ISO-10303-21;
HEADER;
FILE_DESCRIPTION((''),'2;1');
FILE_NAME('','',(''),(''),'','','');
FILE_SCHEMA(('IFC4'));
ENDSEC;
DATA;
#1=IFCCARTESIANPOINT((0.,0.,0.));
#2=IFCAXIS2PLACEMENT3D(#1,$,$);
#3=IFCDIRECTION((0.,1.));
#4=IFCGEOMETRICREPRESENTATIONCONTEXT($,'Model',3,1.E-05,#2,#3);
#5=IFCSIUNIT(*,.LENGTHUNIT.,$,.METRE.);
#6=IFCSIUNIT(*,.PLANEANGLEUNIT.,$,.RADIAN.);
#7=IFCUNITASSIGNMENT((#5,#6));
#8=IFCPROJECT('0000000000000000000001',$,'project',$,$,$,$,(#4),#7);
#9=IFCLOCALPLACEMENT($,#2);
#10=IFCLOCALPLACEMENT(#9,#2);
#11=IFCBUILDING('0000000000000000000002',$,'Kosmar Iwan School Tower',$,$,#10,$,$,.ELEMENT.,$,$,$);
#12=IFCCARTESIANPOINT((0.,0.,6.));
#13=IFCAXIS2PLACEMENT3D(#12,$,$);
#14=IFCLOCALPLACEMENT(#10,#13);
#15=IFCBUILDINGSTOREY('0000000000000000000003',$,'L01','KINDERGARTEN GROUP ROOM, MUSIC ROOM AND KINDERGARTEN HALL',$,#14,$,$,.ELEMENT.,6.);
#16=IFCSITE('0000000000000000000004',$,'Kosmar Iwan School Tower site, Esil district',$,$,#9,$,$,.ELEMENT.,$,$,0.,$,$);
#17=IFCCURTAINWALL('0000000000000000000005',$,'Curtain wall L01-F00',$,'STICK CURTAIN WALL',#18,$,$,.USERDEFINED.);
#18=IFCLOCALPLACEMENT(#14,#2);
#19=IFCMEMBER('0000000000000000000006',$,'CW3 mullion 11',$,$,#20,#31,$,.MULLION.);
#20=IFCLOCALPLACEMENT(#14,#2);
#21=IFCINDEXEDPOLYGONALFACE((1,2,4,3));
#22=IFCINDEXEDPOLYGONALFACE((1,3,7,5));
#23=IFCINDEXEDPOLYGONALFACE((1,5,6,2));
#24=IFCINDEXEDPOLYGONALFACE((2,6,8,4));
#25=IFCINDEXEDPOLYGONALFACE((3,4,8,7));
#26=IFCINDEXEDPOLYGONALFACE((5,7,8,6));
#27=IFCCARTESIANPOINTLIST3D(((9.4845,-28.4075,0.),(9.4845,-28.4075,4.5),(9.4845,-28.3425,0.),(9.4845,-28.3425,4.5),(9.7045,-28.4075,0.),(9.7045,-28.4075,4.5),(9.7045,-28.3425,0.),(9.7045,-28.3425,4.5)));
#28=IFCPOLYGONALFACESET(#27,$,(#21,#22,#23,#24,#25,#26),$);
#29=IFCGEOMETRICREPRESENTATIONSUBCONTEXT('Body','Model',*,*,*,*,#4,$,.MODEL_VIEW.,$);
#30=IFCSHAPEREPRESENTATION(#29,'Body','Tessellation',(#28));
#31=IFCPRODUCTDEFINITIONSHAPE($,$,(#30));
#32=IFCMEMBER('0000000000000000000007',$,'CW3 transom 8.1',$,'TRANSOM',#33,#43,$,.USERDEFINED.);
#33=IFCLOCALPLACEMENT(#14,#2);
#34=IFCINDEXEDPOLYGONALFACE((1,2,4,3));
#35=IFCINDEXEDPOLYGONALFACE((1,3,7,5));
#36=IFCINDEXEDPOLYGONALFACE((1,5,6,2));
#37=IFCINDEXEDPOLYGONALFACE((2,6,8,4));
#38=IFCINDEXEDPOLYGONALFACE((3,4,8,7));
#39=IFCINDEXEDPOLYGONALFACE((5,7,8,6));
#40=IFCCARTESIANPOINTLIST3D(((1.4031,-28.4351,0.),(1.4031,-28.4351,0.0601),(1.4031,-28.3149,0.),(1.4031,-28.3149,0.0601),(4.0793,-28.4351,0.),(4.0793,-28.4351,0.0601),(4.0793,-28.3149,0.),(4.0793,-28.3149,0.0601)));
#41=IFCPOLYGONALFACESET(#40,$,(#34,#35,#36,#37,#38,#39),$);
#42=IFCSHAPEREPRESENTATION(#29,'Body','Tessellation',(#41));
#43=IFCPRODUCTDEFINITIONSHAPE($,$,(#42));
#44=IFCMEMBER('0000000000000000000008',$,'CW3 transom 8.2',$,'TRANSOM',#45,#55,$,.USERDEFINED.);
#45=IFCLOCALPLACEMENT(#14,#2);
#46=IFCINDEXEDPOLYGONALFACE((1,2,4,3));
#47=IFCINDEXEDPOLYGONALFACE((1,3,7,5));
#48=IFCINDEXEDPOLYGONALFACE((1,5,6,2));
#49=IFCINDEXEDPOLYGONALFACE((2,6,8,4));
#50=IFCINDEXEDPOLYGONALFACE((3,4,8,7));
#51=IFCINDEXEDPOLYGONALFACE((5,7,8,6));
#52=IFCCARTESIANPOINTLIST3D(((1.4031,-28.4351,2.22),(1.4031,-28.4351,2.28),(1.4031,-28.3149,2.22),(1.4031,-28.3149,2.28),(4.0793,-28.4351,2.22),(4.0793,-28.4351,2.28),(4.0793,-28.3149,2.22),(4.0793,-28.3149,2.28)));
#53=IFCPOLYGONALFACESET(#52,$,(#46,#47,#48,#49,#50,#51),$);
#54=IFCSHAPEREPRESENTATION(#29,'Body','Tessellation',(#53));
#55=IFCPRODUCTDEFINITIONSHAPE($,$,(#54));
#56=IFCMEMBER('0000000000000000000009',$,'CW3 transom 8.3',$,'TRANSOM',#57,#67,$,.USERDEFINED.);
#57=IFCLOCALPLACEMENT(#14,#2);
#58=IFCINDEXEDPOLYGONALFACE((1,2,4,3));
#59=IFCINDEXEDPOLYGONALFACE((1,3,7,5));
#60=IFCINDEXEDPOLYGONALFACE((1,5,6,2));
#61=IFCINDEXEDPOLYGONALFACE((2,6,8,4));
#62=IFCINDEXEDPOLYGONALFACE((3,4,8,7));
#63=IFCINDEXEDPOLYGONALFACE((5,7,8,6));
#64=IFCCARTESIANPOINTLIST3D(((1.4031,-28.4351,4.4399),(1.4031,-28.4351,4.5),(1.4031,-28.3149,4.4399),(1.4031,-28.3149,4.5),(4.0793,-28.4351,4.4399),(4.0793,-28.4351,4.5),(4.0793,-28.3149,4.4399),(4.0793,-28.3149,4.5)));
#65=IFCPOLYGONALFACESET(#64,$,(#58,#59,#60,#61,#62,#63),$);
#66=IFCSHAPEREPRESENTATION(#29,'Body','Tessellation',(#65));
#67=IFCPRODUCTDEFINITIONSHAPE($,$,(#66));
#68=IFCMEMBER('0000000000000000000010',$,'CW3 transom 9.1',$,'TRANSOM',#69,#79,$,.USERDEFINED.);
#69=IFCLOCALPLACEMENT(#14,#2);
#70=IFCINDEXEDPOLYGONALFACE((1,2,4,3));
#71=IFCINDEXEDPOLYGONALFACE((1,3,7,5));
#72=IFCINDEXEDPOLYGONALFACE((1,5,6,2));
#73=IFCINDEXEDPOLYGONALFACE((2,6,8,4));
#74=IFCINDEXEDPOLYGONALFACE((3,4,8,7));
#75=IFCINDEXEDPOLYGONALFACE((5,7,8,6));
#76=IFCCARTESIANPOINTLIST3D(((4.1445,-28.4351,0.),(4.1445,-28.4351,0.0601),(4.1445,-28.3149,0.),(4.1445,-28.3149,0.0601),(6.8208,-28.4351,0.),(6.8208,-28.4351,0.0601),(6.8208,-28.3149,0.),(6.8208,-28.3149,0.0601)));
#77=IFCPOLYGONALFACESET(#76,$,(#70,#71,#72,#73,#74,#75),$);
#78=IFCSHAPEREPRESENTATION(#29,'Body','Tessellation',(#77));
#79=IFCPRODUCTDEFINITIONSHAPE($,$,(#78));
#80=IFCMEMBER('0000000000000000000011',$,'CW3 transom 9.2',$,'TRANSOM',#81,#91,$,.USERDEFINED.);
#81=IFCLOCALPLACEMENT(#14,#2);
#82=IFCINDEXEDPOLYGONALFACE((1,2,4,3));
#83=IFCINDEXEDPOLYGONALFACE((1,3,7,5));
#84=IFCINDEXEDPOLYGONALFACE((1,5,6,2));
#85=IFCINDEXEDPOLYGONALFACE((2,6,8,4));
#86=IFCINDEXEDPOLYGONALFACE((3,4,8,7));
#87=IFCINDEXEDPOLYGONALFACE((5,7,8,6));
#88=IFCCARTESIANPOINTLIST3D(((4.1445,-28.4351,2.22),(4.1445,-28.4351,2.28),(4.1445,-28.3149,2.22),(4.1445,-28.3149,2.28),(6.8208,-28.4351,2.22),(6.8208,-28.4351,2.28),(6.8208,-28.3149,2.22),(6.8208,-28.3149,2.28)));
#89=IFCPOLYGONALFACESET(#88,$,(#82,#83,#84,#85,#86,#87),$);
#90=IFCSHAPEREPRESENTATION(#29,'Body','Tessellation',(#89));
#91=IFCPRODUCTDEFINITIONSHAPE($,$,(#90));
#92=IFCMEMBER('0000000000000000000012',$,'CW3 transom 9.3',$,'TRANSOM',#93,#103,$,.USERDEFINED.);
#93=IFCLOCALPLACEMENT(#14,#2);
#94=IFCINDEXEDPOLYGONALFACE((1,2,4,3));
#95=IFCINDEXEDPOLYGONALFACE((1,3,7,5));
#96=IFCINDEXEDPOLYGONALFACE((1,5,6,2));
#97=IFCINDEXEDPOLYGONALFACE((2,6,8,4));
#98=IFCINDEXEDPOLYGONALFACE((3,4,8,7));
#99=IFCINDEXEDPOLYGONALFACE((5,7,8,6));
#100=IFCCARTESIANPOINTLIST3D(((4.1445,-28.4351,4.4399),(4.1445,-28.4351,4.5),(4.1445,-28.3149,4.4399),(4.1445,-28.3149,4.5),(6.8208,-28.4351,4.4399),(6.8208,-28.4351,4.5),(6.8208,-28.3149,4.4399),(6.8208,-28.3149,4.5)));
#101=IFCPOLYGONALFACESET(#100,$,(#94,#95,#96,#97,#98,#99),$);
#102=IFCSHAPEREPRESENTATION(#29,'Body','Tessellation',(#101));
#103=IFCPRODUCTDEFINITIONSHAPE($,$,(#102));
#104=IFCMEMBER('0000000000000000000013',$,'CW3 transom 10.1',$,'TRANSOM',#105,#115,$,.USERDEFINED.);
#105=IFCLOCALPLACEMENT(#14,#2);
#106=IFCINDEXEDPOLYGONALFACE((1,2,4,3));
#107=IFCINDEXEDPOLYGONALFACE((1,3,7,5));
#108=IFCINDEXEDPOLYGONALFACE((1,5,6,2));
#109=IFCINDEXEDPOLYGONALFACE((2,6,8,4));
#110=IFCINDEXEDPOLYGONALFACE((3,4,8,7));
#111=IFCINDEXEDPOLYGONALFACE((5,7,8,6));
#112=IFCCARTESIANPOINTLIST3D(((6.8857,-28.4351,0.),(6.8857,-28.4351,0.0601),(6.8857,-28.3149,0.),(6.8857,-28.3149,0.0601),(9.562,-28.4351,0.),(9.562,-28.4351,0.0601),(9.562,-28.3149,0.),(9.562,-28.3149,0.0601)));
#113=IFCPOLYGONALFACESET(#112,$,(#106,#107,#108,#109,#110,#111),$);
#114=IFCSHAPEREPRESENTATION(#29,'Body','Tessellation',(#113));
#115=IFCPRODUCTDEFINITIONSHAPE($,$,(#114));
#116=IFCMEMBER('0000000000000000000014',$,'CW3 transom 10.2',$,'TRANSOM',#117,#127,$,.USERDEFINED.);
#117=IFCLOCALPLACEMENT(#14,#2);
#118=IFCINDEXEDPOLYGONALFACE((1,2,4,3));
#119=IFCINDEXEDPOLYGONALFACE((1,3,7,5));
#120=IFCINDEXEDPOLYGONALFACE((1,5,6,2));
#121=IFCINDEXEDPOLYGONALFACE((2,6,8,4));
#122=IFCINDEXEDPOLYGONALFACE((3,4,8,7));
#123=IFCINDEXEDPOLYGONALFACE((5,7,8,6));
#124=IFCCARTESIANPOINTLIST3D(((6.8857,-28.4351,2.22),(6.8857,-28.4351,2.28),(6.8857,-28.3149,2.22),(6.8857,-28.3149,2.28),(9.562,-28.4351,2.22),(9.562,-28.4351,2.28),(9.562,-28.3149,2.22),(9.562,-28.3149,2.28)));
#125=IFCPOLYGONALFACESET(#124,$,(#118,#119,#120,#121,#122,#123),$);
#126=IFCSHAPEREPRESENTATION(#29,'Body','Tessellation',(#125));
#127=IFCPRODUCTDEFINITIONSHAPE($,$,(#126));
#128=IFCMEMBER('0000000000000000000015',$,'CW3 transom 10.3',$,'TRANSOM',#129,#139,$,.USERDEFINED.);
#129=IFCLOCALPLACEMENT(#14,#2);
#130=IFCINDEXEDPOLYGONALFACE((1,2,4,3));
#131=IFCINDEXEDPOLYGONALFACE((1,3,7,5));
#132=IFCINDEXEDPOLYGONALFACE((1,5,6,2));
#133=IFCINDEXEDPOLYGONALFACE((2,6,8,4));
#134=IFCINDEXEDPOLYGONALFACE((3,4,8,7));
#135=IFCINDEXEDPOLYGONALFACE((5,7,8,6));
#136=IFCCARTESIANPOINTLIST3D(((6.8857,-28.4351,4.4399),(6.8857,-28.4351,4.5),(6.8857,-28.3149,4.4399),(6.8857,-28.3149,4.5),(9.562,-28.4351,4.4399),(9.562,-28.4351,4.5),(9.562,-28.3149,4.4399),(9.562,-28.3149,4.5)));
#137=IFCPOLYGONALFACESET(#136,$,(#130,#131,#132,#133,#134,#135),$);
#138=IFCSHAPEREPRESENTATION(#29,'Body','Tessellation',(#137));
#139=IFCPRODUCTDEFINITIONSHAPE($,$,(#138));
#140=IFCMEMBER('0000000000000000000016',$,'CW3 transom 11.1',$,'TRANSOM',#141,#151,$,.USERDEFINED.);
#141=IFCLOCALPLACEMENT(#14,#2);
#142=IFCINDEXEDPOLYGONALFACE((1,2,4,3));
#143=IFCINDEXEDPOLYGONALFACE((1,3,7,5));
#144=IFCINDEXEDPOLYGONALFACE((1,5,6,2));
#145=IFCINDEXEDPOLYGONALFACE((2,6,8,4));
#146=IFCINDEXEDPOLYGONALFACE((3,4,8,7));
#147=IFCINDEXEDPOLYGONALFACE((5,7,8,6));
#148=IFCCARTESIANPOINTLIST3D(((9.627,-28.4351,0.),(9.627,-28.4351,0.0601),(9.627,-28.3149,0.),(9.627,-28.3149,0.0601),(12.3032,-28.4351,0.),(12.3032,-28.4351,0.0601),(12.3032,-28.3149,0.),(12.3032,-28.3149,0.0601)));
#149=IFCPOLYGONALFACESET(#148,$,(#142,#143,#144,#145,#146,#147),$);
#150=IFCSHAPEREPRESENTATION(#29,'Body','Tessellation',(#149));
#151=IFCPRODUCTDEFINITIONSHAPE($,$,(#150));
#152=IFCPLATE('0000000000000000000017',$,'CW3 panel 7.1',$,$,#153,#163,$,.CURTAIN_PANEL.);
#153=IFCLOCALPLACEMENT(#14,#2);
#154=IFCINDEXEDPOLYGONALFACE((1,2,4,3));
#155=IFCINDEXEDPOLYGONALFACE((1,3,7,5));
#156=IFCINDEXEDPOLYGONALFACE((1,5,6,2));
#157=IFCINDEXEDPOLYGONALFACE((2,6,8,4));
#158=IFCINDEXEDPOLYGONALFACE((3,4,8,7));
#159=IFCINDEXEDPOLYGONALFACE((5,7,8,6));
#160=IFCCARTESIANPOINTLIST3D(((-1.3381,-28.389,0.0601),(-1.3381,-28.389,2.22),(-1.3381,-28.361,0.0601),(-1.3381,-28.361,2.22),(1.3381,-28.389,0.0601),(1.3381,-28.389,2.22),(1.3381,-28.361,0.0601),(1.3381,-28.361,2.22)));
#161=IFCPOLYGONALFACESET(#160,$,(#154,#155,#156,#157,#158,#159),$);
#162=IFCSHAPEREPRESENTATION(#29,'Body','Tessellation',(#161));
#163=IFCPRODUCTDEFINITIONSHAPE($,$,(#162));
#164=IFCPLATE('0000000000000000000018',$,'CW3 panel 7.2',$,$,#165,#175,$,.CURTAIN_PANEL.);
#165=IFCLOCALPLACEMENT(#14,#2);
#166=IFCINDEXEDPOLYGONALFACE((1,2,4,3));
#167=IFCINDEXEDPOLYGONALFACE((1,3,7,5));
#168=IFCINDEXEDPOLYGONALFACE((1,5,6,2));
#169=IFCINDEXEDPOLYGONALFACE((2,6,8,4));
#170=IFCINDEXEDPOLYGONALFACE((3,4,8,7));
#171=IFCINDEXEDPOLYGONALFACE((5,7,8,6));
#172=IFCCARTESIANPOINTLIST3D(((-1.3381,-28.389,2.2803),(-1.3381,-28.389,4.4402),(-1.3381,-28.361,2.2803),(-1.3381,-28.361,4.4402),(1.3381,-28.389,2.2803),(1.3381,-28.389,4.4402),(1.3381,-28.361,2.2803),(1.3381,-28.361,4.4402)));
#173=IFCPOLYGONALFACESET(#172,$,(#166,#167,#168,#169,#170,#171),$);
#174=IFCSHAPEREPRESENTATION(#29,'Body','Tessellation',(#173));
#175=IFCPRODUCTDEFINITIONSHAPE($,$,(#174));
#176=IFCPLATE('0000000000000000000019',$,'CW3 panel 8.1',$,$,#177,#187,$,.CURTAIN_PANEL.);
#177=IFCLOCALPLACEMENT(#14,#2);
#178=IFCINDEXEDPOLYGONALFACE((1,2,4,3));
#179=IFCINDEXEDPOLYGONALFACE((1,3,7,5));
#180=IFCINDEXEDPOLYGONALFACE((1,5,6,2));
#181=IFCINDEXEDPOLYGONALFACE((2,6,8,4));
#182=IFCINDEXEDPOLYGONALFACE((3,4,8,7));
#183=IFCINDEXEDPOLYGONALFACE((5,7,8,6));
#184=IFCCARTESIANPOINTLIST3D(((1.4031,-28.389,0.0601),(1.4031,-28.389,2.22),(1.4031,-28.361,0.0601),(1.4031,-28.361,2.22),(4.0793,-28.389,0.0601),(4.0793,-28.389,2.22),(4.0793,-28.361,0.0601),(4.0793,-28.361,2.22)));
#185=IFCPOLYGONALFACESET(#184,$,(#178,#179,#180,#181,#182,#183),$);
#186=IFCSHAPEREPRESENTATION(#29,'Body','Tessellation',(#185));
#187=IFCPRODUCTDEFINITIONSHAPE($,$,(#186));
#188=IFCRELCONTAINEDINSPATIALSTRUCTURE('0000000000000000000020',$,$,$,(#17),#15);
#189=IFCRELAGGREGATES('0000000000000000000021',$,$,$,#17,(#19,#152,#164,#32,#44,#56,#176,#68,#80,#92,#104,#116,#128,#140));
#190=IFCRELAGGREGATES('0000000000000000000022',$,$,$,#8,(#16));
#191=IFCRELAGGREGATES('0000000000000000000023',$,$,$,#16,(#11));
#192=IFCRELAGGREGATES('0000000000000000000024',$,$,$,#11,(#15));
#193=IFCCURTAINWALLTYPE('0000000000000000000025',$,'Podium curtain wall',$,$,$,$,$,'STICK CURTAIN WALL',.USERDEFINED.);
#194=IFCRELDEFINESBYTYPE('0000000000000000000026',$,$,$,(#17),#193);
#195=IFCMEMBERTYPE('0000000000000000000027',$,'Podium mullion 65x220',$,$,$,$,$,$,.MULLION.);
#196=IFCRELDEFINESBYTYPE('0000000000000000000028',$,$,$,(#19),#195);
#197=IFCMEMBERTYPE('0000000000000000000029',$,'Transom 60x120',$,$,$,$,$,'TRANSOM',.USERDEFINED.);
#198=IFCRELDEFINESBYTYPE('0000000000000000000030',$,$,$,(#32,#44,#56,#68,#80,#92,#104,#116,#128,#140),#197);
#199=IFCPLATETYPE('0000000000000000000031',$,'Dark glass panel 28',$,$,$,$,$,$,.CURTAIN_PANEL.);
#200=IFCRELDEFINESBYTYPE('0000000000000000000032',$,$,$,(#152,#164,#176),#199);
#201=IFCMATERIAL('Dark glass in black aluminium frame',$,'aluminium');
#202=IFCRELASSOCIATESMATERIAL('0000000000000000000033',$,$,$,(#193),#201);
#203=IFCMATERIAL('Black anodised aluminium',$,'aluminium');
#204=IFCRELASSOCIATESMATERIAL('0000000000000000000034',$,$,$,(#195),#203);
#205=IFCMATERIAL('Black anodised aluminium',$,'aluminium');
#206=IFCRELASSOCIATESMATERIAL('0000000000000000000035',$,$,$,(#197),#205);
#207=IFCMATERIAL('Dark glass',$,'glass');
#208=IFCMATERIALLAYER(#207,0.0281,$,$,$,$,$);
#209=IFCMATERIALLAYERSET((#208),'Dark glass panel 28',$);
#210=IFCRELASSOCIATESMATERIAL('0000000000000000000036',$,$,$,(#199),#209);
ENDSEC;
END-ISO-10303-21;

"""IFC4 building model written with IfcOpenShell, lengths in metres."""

from ifc_helpers import new_model, si_unit, direction, frame, origin, origin_2d, place, context, subcontext, project, spatial, rectangle, extrude, material, layer, layer_set, material_profile, profile_set, type_object, element, aggregate, save


model = new_model("IFC4")

# Units and contexts
model_context = context("Model", 3, precision=1e-05, world=origin(), true_north=direction((0.0, 1.0)))
body_context = subcontext(model_context, "Body", "Model", "MODEL_VIEW")
ifc_project = project(units=[si_unit("LENGTHUNIT", "METRE"), si_unit("PLANEANGLEUNIT", "RADIAN")], contexts=[model_context])

# Site, building, storey
site_placement = place(None, origin())
site = spatial("IfcSite", under=ifc_project, at=site_placement, Name="Kosmar Iwan School Tower site, Esil district", CompositionType="ELEMENT", RefElevation=0.0)
building_placement = place(site_placement, origin())
building = spatial("IfcBuilding", under=site, at=building_placement, Name="Kosmar Iwan School Tower", CompositionType="ELEMENT")
storey_placement = place(building_placement, frame((0.0, 0.0, 6.0)))
storey = spatial("IfcBuildingStorey", under=building, at=storey_placement, Name="L01", Description="KINDERGARTEN GROUP ROOM, MUSIC ROOM AND KINDERGARTEN HALL", CompositionType="ELEMENT", Elevation=6.0)

# Curtain wall, members, plates
ifc_material_1 = material(Name="Dark glass in black aluminium frame", Category="aluminium")
curtain_wall_type = type_object("IfcCurtainWallType", Name="Podium curtain wall", ElementType="STICK CURTAIN WALL", PredefinedType="USERDEFINED", material=ifc_material_1)
curtain_wall_placement = place(storey_placement, origin())
curtain_wall = element("IfcCurtainWall", 1, at=curtain_wall_placement, inside=storey, type_object=curtain_wall_type, Name="Curtain wall L01-F00", ObjectType="STICK CURTAIN WALL", PredefinedType="USERDEFINED")
ifc_material_2 = material(Name="Black anodised aluminium", Category="aluminium")
ifc_material_profile_1 = material_profile(ifc_material_2, rectangle(XDim=0.0649, YDim=0.22, at=origin_2d()), Name="MULLION 65x220")
ifc_profile_set_1 = profile_set([ifc_material_profile_1], Name="Black anodised aluminium")
member_type_1 = type_object("IfcMemberType", Name="Podium mullion 65x220", PredefinedType="MULLION", material=ifc_profile_set_1)
member_1_placement = place(storey_placement, frame((9.5945, -28.375, 0.0), z_axis=(0.0, 0.0, 1.0), x_axis=(0.0, 1.0, 0.0)))
member_1 = element("IfcMember", 2, at=member_1_placement, type_object=member_type_1, Name="CW3 mullion 11", PredefinedType="MULLION", context=body_context, shape_type="SweptSolid", body=[
    extrude(rectangle(XDim=0.0649, YDim=0.22, at=origin_2d()), origin(), (0.0, 0.0, 1.0), 4.5),
])
ifc_material_3 = material(Name="Black anodised aluminium", Category="aluminium")
ifc_material_profile_2 = material_profile(ifc_material_3, rectangle(XDim=0.1201, YDim=0.0601, at=origin_2d()), Name="TRANSOM 60x120")
ifc_profile_set_2 = profile_set([ifc_material_profile_2], Name="Black anodised aluminium")
member_type_2 = type_object("IfcMemberType", Name="Transom 60x120", ElementType="TRANSOM", PredefinedType="USERDEFINED", material=ifc_profile_set_2)
member_2_placement = place(storey_placement, frame((1.4031, -28.375, 0.03), z_axis=(1.0, 0.0, 0.0), x_axis=(0.0, 1.0, 0.0)))
member_2 = element("IfcMember", 3, at=member_2_placement, type_object=member_type_2, Name="CW3 transom 8.1", ObjectType="TRANSOM", PredefinedType="USERDEFINED", context=body_context, shape_type="SweptSolid", body=[
    extrude(rectangle(XDim=0.1201, YDim=0.0601, at=origin_2d()), origin(), (0.0, 0.0, 1.0), 2.6763),
])
member_3_placement = place(storey_placement, frame((1.4031, -28.375, 2.25), z_axis=(1.0, 0.0, 0.0), x_axis=(0.0, 1.0, 0.0)))
member_3 = element("IfcMember", 4, at=member_3_placement, type_object=member_type_2, Name="CW3 transom 8.2", ObjectType="TRANSOM", PredefinedType="USERDEFINED", context=body_context, shape_type="SweptSolid", body=[
    extrude(rectangle(XDim=0.1201, YDim=0.0601, at=origin_2d()), origin(), (0.0, 0.0, 1.0), 2.6763),
])
member_4_placement = place(storey_placement, frame((1.4031, -28.375, 4.47), z_axis=(1.0, 0.0, 0.0), x_axis=(0.0, 1.0, 0.0)))
member_4 = element("IfcMember", 5, at=member_4_placement, type_object=member_type_2, Name="CW3 transom 8.3", ObjectType="TRANSOM", PredefinedType="USERDEFINED", context=body_context, shape_type="SweptSolid", body=[
    extrude(rectangle(XDim=0.1201, YDim=0.0601, at=origin_2d()), origin(), (0.0, 0.0, 1.0), 2.6763),
])
member_5_placement = place(storey_placement, frame((4.1445, -28.375, 0.03), z_axis=(1.0, 0.0, 0.0), x_axis=(0.0, 1.0, 0.0)))
member_5 = element("IfcMember", 6, at=member_5_placement, type_object=member_type_2, Name="CW3 transom 9.1", ObjectType="TRANSOM", PredefinedType="USERDEFINED", context=body_context, shape_type="SweptSolid", body=[
    extrude(rectangle(XDim=0.1201, YDim=0.0601, at=origin_2d()), origin(), (0.0, 0.0, 1.0), 2.6763),
])
member_6_placement = place(storey_placement, frame((4.1445, -28.375, 2.25), z_axis=(1.0, 0.0, 0.0), x_axis=(0.0, 1.0, 0.0)))
member_6 = element("IfcMember", 7, at=member_6_placement, type_object=member_type_2, Name="CW3 transom 9.2", ObjectType="TRANSOM", PredefinedType="USERDEFINED", context=body_context, shape_type="SweptSolid", body=[
    extrude(rectangle(XDim=0.1201, YDim=0.0601, at=origin_2d()), origin(), (0.0, 0.0, 1.0), 2.6763),
])
member_7_placement = place(storey_placement, frame((4.1445, -28.375, 4.47), z_axis=(1.0, 0.0, 0.0), x_axis=(0.0, 1.0, 0.0)))
member_7 = element("IfcMember", 8, at=member_7_placement, type_object=member_type_2, Name="CW3 transom 9.3", ObjectType="TRANSOM", PredefinedType="USERDEFINED", context=body_context, shape_type="SweptSolid", body=[
    extrude(rectangle(XDim=0.1201, YDim=0.0601, at=origin_2d()), origin(), (0.0, 0.0, 1.0), 2.6763),
])
member_8_placement = place(storey_placement, frame((6.8857, -28.375, 0.03), z_axis=(1.0, 0.0, 0.0), x_axis=(0.0, 1.0, 0.0)))
member_8 = element("IfcMember", 9, at=member_8_placement, type_object=member_type_2, Name="CW3 transom 10.1", ObjectType="TRANSOM", PredefinedType="USERDEFINED", context=body_context, shape_type="SweptSolid", body=[
    extrude(rectangle(XDim=0.1201, YDim=0.0601, at=origin_2d()), origin(), (0.0, 0.0, 1.0), 2.6763),
])
member_9_placement = place(storey_placement, frame((6.8857, -28.375, 2.25), z_axis=(1.0, 0.0, 0.0), x_axis=(0.0, 1.0, 0.0)))
member_9 = element("IfcMember", 10, at=member_9_placement, type_object=member_type_2, Name="CW3 transom 10.2", ObjectType="TRANSOM", PredefinedType="USERDEFINED", context=body_context, shape_type="SweptSolid", body=[
    extrude(rectangle(XDim=0.1201, YDim=0.0601, at=origin_2d()), origin(), (0.0, 0.0, 1.0), 2.6763),
])
member_10_placement = place(storey_placement, frame((6.8857, -28.375, 4.47), z_axis=(1.0, 0.0, 0.0), x_axis=(0.0, 1.0, 0.0)))
member_10 = element("IfcMember", 11, at=member_10_placement, type_object=member_type_2, Name="CW3 transom 10.3", ObjectType="TRANSOM", PredefinedType="USERDEFINED", context=body_context, shape_type="SweptSolid", body=[
    extrude(rectangle(XDim=0.1201, YDim=0.0601, at=origin_2d()), origin(), (0.0, 0.0, 1.0), 2.6763),
])
member_11_placement = place(storey_placement, frame((9.627, -28.375, 0.03), z_axis=(1.0, 0.0, 0.0), x_axis=(0.0, 1.0, 0.0)))
member_11 = element("IfcMember", 12, at=member_11_placement, type_object=member_type_2, Name="CW3 transom 11.1", ObjectType="TRANSOM", PredefinedType="USERDEFINED", context=body_context, shape_type="SweptSolid", body=[
    extrude(rectangle(XDim=0.1201, YDim=0.0601, at=origin_2d()), origin(), (0.0, 0.0, 1.0), 2.6763),
])
ifc_material_4 = material(Name="Dark glass", Category="glass")
ifc_layer = layer(ifc_material_4, 0.0281)
ifc_layer_set = layer_set([ifc_layer], Name="Dark glass panel 28")
plate_type = type_object("IfcPlateType", Name="Dark glass panel 28", PredefinedType="CURTAIN_PANEL", material=ifc_layer_set)
plate_1_placement = place(storey_placement, frame((0.0, -28.375, 0.0601), z_axis=(0.0, 0.0, 1.0), x_axis=(1.0, 0.0, 0.0)))
plate_1 = element("IfcPlate", 13, at=plate_1_placement, type_object=plate_type, Name="CW3 panel 7.1", PredefinedType="CURTAIN_PANEL", context=body_context, shape_type="SweptSolid", body=[
    extrude(rectangle(XDim=2.6763, YDim=0.0281, at=origin_2d()), origin(), (0.0, 0.0, 1.0), 2.1599),
])
plate_2_placement = place(storey_placement, frame((0.0, -28.375, 2.2803), z_axis=(0.0, 0.0, 1.0), x_axis=(1.0, 0.0, 0.0)))
plate_2 = element("IfcPlate", 14, at=plate_2_placement, type_object=plate_type, Name="CW3 panel 7.2", PredefinedType="CURTAIN_PANEL", context=body_context, shape_type="SweptSolid", body=[
    extrude(rectangle(XDim=2.6763, YDim=0.0281, at=origin_2d()), origin(), (0.0, 0.0, 1.0), 2.1599),
])
plate_3_placement = place(storey_placement, frame((2.7412, -28.375, 0.0601), z_axis=(0.0, 0.0, 1.0), x_axis=(1.0, 0.0, 0.0)))
plate_3 = element("IfcPlate", 15, at=plate_3_placement, type_object=plate_type, Name="CW3 panel 8.1", PredefinedType="CURTAIN_PANEL", context=body_context, shape_type="SweptSolid", body=[
    extrude(rectangle(XDim=2.6763, YDim=0.0281, at=origin_2d()), origin(), (0.0, 0.0, 1.0), 2.1599),
])
aggregate(curtain_wall, [member_1, plate_1, plate_2, member_2, member_3, member_4, plate_3, member_5, member_6, member_7, member_8, member_9, member_10, member_11])

save(model, "model.ifc")
